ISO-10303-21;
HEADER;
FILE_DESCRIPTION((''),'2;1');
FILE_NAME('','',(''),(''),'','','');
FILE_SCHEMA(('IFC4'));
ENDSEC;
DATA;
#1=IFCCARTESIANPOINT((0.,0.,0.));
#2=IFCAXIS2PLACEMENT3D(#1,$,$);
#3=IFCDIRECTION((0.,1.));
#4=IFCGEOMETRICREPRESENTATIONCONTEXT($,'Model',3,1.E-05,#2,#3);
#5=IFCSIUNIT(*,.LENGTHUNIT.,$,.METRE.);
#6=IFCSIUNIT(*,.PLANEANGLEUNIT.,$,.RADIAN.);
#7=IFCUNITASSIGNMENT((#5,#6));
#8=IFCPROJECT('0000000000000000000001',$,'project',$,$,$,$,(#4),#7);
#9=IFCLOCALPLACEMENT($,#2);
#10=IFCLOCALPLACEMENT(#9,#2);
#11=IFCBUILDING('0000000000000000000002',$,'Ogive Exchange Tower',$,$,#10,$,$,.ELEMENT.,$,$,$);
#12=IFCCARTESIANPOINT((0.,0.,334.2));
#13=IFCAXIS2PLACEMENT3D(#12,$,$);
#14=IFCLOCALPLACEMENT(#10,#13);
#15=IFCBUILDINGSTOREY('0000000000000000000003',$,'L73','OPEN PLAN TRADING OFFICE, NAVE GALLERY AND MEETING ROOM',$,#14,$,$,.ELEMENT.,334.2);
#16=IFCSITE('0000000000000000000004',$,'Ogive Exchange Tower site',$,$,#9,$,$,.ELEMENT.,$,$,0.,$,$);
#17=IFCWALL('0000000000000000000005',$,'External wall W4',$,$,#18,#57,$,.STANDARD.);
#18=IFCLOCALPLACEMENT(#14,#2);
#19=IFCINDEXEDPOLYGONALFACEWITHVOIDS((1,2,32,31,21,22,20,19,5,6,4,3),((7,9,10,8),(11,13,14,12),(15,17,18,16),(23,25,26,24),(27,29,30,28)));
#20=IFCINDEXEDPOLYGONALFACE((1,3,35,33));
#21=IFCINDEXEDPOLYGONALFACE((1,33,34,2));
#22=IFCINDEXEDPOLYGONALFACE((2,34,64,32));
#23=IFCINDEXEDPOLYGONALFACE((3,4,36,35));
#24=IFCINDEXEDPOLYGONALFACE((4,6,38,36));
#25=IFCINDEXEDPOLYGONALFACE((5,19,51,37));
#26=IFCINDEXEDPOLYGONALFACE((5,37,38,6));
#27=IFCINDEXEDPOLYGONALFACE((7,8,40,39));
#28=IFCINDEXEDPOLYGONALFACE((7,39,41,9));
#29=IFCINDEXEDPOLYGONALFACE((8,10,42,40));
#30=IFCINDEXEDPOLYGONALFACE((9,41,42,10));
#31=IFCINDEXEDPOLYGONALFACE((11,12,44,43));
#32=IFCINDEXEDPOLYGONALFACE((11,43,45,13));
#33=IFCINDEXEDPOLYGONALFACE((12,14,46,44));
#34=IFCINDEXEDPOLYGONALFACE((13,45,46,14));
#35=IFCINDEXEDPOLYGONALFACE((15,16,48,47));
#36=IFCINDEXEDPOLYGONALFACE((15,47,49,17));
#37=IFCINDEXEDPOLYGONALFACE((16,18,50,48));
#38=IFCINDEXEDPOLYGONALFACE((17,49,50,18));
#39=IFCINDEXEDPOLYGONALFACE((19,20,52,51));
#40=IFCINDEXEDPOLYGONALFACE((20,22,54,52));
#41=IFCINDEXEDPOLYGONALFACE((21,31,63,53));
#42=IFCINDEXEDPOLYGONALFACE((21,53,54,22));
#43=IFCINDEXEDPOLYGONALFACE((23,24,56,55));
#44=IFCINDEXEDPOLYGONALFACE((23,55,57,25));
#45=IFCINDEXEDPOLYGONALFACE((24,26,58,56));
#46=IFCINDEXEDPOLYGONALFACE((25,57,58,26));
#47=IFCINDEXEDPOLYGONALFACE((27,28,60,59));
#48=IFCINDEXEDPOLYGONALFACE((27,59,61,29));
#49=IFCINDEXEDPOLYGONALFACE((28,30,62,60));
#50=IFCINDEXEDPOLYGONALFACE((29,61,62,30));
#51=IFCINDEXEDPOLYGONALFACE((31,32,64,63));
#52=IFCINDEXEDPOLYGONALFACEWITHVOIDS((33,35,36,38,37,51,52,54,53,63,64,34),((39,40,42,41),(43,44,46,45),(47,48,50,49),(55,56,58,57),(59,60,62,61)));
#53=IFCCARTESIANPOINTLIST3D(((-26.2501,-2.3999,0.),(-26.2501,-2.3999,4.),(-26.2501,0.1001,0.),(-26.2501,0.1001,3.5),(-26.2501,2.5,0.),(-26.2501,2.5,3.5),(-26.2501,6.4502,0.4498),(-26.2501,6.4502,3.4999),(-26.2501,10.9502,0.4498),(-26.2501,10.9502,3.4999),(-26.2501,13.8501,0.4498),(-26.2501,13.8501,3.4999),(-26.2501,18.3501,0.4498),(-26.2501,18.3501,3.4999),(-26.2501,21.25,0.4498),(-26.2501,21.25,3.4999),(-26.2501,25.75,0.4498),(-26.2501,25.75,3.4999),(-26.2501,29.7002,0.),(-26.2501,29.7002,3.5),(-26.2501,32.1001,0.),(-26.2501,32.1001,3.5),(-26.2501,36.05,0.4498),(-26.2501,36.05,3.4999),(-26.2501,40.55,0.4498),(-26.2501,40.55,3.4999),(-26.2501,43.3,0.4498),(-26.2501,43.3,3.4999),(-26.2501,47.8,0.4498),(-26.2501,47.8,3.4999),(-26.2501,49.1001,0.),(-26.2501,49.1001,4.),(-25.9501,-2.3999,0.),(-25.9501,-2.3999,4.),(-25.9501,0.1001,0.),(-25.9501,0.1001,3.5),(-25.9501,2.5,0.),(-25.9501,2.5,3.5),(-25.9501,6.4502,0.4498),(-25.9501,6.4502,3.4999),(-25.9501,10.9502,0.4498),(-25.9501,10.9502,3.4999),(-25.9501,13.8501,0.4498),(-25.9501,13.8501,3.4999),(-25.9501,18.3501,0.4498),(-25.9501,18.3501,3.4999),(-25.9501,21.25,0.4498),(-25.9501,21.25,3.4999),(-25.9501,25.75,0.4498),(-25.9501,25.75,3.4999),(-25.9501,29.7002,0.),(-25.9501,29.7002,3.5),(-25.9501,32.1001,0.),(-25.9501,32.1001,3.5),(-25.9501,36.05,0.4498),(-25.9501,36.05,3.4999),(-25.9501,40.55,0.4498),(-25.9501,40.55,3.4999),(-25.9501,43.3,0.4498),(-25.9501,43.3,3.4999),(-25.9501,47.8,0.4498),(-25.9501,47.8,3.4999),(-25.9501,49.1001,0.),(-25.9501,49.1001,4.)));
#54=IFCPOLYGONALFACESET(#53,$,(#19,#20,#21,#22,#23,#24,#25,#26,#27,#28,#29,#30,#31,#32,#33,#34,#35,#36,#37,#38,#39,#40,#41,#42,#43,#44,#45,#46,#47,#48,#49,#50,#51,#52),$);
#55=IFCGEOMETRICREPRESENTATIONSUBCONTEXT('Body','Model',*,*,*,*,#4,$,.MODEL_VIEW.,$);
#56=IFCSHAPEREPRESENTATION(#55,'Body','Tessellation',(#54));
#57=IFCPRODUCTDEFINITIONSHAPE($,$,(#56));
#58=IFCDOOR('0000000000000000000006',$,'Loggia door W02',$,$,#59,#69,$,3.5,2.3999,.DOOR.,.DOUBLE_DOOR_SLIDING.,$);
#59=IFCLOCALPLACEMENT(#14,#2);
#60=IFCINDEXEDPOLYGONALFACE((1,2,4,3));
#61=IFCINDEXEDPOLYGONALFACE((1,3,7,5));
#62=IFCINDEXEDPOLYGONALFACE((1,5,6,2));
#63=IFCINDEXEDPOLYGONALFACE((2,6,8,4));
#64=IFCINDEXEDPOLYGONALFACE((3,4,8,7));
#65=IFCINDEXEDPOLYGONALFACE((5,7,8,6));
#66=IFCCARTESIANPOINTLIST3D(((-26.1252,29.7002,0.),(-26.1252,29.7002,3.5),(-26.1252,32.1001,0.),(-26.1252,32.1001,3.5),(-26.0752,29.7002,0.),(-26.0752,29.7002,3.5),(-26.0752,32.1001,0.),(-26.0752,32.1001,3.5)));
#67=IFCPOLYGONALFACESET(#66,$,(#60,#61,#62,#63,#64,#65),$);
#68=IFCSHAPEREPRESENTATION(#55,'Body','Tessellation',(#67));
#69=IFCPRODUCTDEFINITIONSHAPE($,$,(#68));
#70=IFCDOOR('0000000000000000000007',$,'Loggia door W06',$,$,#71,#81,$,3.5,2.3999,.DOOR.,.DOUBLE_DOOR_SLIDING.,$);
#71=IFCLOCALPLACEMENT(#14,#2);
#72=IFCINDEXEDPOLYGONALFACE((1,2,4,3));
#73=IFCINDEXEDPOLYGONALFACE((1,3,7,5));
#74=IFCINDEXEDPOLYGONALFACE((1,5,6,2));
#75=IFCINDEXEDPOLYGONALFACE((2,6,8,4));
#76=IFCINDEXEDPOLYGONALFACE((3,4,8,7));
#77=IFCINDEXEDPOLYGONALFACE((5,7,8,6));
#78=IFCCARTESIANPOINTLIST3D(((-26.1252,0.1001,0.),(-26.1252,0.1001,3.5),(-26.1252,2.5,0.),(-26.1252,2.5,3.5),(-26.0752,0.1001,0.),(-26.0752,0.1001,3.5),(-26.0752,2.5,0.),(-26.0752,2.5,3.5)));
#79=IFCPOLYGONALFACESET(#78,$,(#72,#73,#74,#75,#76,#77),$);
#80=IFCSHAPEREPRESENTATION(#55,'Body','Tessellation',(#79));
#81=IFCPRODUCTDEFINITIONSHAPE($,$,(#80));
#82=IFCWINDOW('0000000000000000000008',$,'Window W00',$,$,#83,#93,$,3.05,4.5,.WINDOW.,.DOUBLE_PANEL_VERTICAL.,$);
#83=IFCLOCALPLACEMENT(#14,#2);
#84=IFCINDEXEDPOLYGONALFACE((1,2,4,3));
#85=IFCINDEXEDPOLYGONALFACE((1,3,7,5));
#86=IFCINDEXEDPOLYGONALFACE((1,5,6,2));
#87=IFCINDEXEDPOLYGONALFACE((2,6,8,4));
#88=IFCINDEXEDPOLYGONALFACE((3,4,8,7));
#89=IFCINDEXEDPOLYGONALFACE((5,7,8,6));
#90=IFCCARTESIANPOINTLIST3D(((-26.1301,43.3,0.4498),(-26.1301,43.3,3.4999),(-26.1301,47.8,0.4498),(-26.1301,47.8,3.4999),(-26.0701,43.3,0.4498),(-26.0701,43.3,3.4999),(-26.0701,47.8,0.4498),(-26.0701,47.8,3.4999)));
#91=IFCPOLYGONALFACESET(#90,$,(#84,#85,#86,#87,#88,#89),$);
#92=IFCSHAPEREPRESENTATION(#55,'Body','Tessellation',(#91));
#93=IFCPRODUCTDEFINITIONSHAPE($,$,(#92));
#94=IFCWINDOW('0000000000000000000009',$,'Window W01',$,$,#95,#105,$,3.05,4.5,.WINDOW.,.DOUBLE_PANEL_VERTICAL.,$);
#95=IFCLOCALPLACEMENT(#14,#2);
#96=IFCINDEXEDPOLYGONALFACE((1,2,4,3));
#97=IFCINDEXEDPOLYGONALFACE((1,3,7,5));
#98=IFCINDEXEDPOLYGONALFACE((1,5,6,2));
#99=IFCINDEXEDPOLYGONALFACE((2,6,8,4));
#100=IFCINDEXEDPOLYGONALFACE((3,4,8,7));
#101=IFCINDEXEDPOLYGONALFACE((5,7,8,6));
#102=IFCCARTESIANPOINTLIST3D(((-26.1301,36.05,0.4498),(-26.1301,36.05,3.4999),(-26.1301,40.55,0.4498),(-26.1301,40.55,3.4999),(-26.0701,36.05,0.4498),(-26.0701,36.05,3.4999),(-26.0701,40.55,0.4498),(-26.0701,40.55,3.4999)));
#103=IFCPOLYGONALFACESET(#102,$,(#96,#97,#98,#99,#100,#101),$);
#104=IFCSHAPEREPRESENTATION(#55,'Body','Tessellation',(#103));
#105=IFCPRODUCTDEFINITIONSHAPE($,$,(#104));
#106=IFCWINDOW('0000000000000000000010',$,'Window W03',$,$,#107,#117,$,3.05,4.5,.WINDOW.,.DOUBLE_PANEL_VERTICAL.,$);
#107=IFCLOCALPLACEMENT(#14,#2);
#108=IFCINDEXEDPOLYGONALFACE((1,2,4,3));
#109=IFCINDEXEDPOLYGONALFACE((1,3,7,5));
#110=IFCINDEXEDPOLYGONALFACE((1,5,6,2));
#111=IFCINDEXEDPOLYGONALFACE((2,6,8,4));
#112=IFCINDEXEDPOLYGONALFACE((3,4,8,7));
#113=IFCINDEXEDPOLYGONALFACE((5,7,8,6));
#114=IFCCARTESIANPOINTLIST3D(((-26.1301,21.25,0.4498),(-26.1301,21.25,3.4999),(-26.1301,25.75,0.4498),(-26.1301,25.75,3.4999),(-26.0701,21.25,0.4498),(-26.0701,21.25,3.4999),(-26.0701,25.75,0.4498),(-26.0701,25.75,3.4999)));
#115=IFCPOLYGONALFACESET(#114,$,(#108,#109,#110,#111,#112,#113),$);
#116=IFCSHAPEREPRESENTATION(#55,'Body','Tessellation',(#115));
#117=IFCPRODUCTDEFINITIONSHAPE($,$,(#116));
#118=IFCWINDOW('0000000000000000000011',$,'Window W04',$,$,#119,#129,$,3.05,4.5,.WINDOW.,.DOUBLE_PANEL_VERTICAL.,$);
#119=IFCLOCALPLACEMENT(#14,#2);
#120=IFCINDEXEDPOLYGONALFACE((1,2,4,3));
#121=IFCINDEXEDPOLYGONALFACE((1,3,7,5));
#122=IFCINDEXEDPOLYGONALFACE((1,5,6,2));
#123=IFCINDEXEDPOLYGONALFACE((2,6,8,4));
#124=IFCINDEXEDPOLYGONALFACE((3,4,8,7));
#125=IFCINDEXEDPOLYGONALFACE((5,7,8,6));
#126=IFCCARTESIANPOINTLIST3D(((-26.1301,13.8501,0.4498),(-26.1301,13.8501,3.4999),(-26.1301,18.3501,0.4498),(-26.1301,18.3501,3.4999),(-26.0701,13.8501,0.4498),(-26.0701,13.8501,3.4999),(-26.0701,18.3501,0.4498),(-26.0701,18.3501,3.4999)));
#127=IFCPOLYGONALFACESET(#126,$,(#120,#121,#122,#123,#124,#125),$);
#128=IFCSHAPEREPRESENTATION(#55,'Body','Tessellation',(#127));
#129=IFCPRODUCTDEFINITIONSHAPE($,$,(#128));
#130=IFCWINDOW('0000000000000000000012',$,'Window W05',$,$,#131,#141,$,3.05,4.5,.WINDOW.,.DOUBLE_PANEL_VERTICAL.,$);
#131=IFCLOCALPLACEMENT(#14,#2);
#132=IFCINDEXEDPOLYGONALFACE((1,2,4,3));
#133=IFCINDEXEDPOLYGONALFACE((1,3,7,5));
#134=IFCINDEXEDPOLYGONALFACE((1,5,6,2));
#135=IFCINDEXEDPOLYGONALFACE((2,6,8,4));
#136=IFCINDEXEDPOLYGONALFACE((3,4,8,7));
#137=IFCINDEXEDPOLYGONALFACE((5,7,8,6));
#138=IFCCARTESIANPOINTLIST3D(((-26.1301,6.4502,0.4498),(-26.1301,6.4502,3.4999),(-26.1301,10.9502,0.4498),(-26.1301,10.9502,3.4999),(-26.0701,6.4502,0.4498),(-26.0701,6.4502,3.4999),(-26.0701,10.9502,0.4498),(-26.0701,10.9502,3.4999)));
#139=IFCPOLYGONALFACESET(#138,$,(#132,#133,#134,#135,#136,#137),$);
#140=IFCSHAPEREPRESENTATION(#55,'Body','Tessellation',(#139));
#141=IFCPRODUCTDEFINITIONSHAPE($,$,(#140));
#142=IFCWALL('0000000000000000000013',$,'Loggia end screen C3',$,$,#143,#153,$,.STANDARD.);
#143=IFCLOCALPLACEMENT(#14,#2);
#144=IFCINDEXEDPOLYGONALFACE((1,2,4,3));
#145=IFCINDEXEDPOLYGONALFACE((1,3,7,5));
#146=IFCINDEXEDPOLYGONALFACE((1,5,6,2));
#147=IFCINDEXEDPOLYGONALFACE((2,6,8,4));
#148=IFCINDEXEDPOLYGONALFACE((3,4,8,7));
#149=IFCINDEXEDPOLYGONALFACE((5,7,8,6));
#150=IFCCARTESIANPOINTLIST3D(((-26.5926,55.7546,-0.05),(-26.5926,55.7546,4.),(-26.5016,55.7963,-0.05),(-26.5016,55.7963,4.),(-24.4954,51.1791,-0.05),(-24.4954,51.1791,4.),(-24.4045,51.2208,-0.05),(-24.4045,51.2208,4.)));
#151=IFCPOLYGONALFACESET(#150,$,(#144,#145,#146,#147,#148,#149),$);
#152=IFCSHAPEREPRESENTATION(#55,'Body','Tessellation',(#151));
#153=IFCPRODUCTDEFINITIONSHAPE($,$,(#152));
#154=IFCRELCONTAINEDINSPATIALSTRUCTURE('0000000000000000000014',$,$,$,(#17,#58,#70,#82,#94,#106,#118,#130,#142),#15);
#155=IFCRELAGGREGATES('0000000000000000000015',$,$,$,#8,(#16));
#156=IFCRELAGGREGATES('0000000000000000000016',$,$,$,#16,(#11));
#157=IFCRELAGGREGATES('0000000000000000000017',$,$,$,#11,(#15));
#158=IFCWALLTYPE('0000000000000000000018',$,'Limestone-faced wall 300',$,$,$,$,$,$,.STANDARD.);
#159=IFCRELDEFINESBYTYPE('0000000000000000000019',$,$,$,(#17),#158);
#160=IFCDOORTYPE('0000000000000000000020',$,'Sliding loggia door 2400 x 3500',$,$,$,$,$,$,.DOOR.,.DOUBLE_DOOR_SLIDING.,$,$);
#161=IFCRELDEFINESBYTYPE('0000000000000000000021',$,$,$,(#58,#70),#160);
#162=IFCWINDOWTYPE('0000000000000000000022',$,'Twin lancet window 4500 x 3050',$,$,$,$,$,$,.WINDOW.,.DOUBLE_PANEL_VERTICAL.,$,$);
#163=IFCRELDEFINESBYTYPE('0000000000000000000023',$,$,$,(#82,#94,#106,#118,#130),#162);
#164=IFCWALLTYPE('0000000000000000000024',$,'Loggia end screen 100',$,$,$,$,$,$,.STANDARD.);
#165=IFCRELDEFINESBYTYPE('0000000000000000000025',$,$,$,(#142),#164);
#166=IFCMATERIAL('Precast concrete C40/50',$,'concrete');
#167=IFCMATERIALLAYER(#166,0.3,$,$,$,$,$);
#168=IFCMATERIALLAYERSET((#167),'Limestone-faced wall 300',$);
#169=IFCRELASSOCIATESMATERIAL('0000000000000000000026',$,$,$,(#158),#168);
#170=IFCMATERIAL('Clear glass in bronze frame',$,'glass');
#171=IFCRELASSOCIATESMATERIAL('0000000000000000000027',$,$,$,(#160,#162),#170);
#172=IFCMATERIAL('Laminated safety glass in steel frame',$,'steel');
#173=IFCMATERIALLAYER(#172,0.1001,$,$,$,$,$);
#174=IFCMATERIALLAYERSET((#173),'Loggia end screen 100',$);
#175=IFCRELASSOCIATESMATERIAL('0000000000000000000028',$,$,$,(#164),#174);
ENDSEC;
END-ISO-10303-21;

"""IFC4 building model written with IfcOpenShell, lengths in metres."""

from ifc_helpers import new_model, si_unit, direction, frame, frame_2d, origin, place, context, subcontext, project, spatial, rectangle, extrude, material, layer, layer_set, type_object, element, fill, save


model = new_model("IFC4")

# Units and contexts
model_context = context("Model", 3, precision=1e-05, world=origin(), true_north=direction((0.0, 1.0)))
body_context = subcontext(model_context, "Body", "Model", "MODEL_VIEW")
ifc_project = project(units=[si_unit("LENGTHUNIT", "METRE"), si_unit("PLANEANGLEUNIT", "RADIAN")], contexts=[model_context])

# Site, building, storey
site_placement = place(None, origin())
site = spatial("IfcSite", under=ifc_project, at=site_placement, Name="Ogive Exchange Tower site", CompositionType="ELEMENT", RefElevation=0.0)
building_placement = place(site_placement, origin())
building = spatial("IfcBuilding", under=site, at=building_placement, Name="Ogive Exchange Tower", CompositionType="ELEMENT")
storey_placement = place(building_placement, frame((0.0, 0.0, 334.2)))
storey = spatial("IfcBuildingStorey", under=building, at=storey_placement, Name="L73", Description="OPEN PLAN TRADING OFFICE, NAVE GALLERY AND MEETING ROOM", CompositionType="ELEMENT", Elevation=334.2)

# Wall, openings, doors, windows
ifc_material_1 = material(Name="Precast concrete C40/50", Category="concrete")
ifc_layer_1 = layer(ifc_material_1, 0.3)
ifc_layer_set_1 = layer_set([ifc_layer_1], Name="Limestone-faced wall 300")
wall_type_1 = type_object("IfcWallType", Name="Limestone-faced wall 300", PredefinedType="STANDARD", material=ifc_layer_set_1)
wall_1_placement = place(storey_placement, frame((-26.1001, 49.1001, 0.0), z_axis=(0.0, 0.0, 1.0), x_axis=(0.0, -1.0, 0.0)))
wall_1 = element("IfcWall", 1, at=wall_1_placement, inside=storey, type_object=wall_type_1, Name="External wall W4", PredefinedType="STANDARD", context=body_context, shape_type="SweptSolid", body=[
    extrude(rectangle(XDim=51.5, YDim=0.3, at=frame_2d((25.75, 0.0))), origin(), (0.0, 0.0, 1.0), 4.0),
])
opening_1_placement = place(wall_1_placement, frame((1.3, 0.0, 0.45)))
opening_1 = element("IfcOpeningElement", 2, at=opening_1_placement, cuts=wall_1, PredefinedType="OPENING", context=body_context, shape_type="SweptSolid", body=[
    extrude(rectangle(XDim=4.5, YDim=3.05, at=frame_2d((2.25, 1.5249))), frame((0.0, 0.1599, 0.0), z_axis=(0.0, -1.0, 0.0), x_axis=(1.0, 0.0, 0.0)), (0.0, 0.0, 1.0), 0.3201),
])
opening_2_placement = place(wall_1_placement, frame((8.55, 0.0, 0.45)))
opening_2 = element("IfcOpeningElement", 3, at=opening_2_placement, cuts=wall_1, PredefinedType="OPENING", context=body_context, shape_type="SweptSolid", body=[
    extrude(rectangle(XDim=4.5, YDim=3.05, at=frame_2d((2.25, 1.5249))), frame((0.0, 0.1599, 0.0), z_axis=(0.0, -1.0, 0.0), x_axis=(1.0, 0.0, 0.0)), (0.0, 0.0, 1.0), 0.3201),
])
opening_3_placement = place(wall_1_placement, frame((17.0, 0.0, 0.0)))
opening_3 = element("IfcOpeningElement", 4, at=opening_3_placement, cuts=wall_1, PredefinedType="OPENING", context=body_context, shape_type="SweptSolid", body=[
    extrude(rectangle(XDim=2.3999, YDim=3.5, at=frame_2d((1.2, 1.75))), frame((0.0, 0.1599, 0.0), z_axis=(0.0, -1.0, 0.0), x_axis=(1.0, 0.0, 0.0)), (0.0, 0.0, 1.0), 0.3201),
])
opening_4_placement = place(wall_1_placement, frame((23.3501, 0.0, 0.45)))
opening_4 = element("IfcOpeningElement", 5, at=opening_4_placement, cuts=wall_1, PredefinedType="OPENING", context=body_context, shape_type="SweptSolid", body=[
    extrude(rectangle(XDim=4.5, YDim=3.05, at=frame_2d((2.25, 1.5249))), frame((0.0, 0.1599, 0.0), z_axis=(0.0, -1.0, 0.0), x_axis=(1.0, 0.0, 0.0)), (0.0, 0.0, 1.0), 0.3201),
])
opening_5_placement = place(wall_1_placement, frame((30.75, 0.0, 0.45)))
opening_5 = element("IfcOpeningElement", 6, at=opening_5_placement, cuts=wall_1, PredefinedType="OPENING", context=body_context, shape_type="SweptSolid", body=[
    extrude(rectangle(XDim=4.5, YDim=3.05, at=frame_2d((2.25, 1.5249))), frame((0.0, 0.1599, 0.0), z_axis=(0.0, -1.0, 0.0), x_axis=(1.0, 0.0, 0.0)), (0.0, 0.0, 1.0), 0.3201),
])
opening_6_placement = place(wall_1_placement, frame((38.1499, 0.0, 0.45)))
opening_6 = element("IfcOpeningElement", 7, at=opening_6_placement, cuts=wall_1, PredefinedType="OPENING", context=body_context, shape_type="SweptSolid", body=[
    extrude(rectangle(XDim=4.5, YDim=3.05, at=frame_2d((2.25, 1.5249))), frame((0.0, 0.1599, 0.0), z_axis=(0.0, -1.0, 0.0), x_axis=(1.0, 0.0, 0.0)), (0.0, 0.0, 1.0), 0.3201),
])
opening_7_placement = place(wall_1_placement, frame((46.6001, 0.0, 0.0)))
opening_7 = element("IfcOpeningElement", 8, at=opening_7_placement, cuts=wall_1, PredefinedType="OPENING", context=body_context, shape_type="SweptSolid", body=[
    extrude(rectangle(XDim=2.3999, YDim=3.5, at=frame_2d((1.2, 1.75))), frame((0.0, 0.1599, 0.0), z_axis=(0.0, -1.0, 0.0), x_axis=(1.0, 0.0, 0.0)), (0.0, 0.0, 1.0), 0.3201),
])
ifc_material_2 = material(Name="Clear glass in bronze frame", Category="glass")
door_type_1 = type_object("IfcDoorType", Name="Sliding loggia door 2400 x 3500", OperationType="DOUBLE_DOOR_SLIDING", PredefinedType="DOOR", material=ifc_material_2)
door_1_placement = place(opening_3_placement, origin())
door_1 = element("IfcDoor", 9, at=door_1_placement, inside=storey, type_object=door_type_1, Name="Loggia door W02", OperationType="DOUBLE_DOOR_SLIDING", OverallHeight=3.5, OverallWidth=2.3999, PredefinedType="DOOR", context=body_context, shape_type="SweptSolid", body=[
    extrude(rectangle(XDim=2.3999, YDim=3.5, at=frame_2d((1.2, 1.75))), frame((0.0, 0.0249, 0.0), z_axis=(0.0, -1.0, 0.0), x_axis=(1.0, 0.0, 0.0)), (0.0, 0.0, 1.0), 0.05),
])
fill(opening_3, door_1)
door_2_placement = place(opening_7_placement, origin())
door_2 = element("IfcDoor", 10, at=door_2_placement, inside=storey, type_object=door_type_1, Name="Loggia door W06", OperationType="DOUBLE_DOOR_SLIDING", OverallHeight=3.5, OverallWidth=2.3999, PredefinedType="DOOR", context=body_context, shape_type="SweptSolid", body=[
    extrude(rectangle(XDim=2.3999, YDim=3.5, at=frame_2d((1.2, 1.75))), frame((0.0, 0.0249, 0.0), z_axis=(0.0, -1.0, 0.0), x_axis=(1.0, 0.0, 0.0)), (0.0, 0.0, 1.0), 0.05),
])
fill(opening_7, door_2)
window_type = type_object("IfcWindowType", Name="Twin lancet window 4500 x 3050", PartitioningType="DOUBLE_PANEL_VERTICAL", PredefinedType="WINDOW", material=ifc_material_2)
window_1_placement = place(opening_1_placement, origin())
window_1 = element("IfcWindow", 11, at=window_1_placement, inside=storey, type_object=window_type, Name="Window W00", OverallHeight=3.05, OverallWidth=4.5, PartitioningType="DOUBLE_PANEL_VERTICAL", PredefinedType="WINDOW", context=body_context, shape_type="SweptSolid", body=[
    extrude(rectangle(XDim=4.5, YDim=3.05, at=frame_2d((2.25, 1.5249))), frame((0.0, 0.03, 0.0), z_axis=(0.0, -1.0, 0.0), x_axis=(1.0, 0.0, 0.0)), (0.0, 0.0, 1.0), 0.0601),
])
fill(opening_1, window_1)
window_2_placement = place(opening_2_placement, origin())
window_2 = element("IfcWindow", 12, at=window_2_placement, inside=storey, type_object=window_type, Name="Window W01", OverallHeight=3.05, OverallWidth=4.5, PartitioningType="DOUBLE_PANEL_VERTICAL", PredefinedType="WINDOW", context=body_context, shape_type="SweptSolid", body=[
    extrude(rectangle(XDim=4.5, YDim=3.05, at=frame_2d((2.25, 1.5249))), frame((0.0, 0.03, 0.0), z_axis=(0.0, -1.0, 0.0), x_axis=(1.0, 0.0, 0.0)), (0.0, 0.0, 1.0), 0.0601),
])
fill(opening_2, window_2)
window_3_placement = place(opening_4_placement, origin())
window_3 = element("IfcWindow", 13, at=window_3_placement, inside=storey, type_object=window_type, Name="Window W03", OverallHeight=3.05, OverallWidth=4.5, PartitioningType="DOUBLE_PANEL_VERTICAL", PredefinedType="WINDOW", context=body_context, shape_type="SweptSolid", body=[
    extrude(rectangle(XDim=4.5, YDim=3.05, at=frame_2d((2.25, 1.5249))), frame((0.0, 0.03, 0.0), z_axis=(0.0, -1.0, 0.0), x_axis=(1.0, 0.0, 0.0)), (0.0, 0.0, 1.0), 0.0601),
])
fill(opening_4, window_3)
window_4_placement = place(opening_5_placement, origin())
window_4 = element("IfcWindow", 14, at=window_4_placement, inside=storey, type_object=window_type, Name="Window W04", OverallHeight=3.05, OverallWidth=4.5, PartitioningType="DOUBLE_PANEL_VERTICAL", PredefinedType="WINDOW", context=body_context, shape_type="SweptSolid", body=[
    extrude(rectangle(XDim=4.5, YDim=3.05, at=frame_2d((2.25, 1.5249))), frame((0.0, 0.03, 0.0), z_axis=(0.0, -1.0, 0.0), x_axis=(1.0, 0.0, 0.0)), (0.0, 0.0, 1.0), 0.0601),
])
fill(opening_5, window_4)
window_5_placement = place(opening_6_placement, origin())
window_5 = element("IfcWindow", 15, at=window_5_placement, inside=storey, type_object=window_type, Name="Window W05", OverallHeight=3.05, OverallWidth=4.5, PartitioningType="DOUBLE_PANEL_VERTICAL", PredefinedType="WINDOW", context=body_context, shape_type="SweptSolid", body=[
    extrude(rectangle(XDim=4.5, YDim=3.05, at=frame_2d((2.25, 1.5249))), frame((0.0, 0.03, 0.0), z_axis=(0.0, -1.0, 0.0), x_axis=(1.0, 0.0, 0.0)), (0.0, 0.0, 1.0), 0.0601),
])
fill(opening_6, window_5)

# Wall
ifc_material_3 = material(Name="Laminated safety glass in steel frame", Category="steel")
ifc_layer_2 = layer(ifc_material_3, 0.1001)
ifc_layer_set_2 = layer_set([ifc_layer_2], Name="Loggia end screen 100")
wall_type_2 = type_object("IfcWallType", Name="Loggia end screen 100", PredefinedType="STANDARD", material=ifc_layer_set_2)
wall_2_placement = place(storey_placement, frame((-24.45, 51.2, -0.05), z_axis=(0.0, 0.0, 1.0), x_axis=(-0.41667, 0.909058, 0.0)))
element("IfcWall", 16, at=wall_2_placement, inside=storey, type_object=wall_type_2, Name="Loggia end screen C3", PredefinedType="STANDARD", context=body_context, shape_type="SweptSolid", body=[
    extrude(rectangle(XDim=5.0332, YDim=0.1001, at=frame_2d((2.5166, 0.0))), origin(), (0.0, 0.0, 1.0), 4.05),
])

save(model, "model.ifc")
